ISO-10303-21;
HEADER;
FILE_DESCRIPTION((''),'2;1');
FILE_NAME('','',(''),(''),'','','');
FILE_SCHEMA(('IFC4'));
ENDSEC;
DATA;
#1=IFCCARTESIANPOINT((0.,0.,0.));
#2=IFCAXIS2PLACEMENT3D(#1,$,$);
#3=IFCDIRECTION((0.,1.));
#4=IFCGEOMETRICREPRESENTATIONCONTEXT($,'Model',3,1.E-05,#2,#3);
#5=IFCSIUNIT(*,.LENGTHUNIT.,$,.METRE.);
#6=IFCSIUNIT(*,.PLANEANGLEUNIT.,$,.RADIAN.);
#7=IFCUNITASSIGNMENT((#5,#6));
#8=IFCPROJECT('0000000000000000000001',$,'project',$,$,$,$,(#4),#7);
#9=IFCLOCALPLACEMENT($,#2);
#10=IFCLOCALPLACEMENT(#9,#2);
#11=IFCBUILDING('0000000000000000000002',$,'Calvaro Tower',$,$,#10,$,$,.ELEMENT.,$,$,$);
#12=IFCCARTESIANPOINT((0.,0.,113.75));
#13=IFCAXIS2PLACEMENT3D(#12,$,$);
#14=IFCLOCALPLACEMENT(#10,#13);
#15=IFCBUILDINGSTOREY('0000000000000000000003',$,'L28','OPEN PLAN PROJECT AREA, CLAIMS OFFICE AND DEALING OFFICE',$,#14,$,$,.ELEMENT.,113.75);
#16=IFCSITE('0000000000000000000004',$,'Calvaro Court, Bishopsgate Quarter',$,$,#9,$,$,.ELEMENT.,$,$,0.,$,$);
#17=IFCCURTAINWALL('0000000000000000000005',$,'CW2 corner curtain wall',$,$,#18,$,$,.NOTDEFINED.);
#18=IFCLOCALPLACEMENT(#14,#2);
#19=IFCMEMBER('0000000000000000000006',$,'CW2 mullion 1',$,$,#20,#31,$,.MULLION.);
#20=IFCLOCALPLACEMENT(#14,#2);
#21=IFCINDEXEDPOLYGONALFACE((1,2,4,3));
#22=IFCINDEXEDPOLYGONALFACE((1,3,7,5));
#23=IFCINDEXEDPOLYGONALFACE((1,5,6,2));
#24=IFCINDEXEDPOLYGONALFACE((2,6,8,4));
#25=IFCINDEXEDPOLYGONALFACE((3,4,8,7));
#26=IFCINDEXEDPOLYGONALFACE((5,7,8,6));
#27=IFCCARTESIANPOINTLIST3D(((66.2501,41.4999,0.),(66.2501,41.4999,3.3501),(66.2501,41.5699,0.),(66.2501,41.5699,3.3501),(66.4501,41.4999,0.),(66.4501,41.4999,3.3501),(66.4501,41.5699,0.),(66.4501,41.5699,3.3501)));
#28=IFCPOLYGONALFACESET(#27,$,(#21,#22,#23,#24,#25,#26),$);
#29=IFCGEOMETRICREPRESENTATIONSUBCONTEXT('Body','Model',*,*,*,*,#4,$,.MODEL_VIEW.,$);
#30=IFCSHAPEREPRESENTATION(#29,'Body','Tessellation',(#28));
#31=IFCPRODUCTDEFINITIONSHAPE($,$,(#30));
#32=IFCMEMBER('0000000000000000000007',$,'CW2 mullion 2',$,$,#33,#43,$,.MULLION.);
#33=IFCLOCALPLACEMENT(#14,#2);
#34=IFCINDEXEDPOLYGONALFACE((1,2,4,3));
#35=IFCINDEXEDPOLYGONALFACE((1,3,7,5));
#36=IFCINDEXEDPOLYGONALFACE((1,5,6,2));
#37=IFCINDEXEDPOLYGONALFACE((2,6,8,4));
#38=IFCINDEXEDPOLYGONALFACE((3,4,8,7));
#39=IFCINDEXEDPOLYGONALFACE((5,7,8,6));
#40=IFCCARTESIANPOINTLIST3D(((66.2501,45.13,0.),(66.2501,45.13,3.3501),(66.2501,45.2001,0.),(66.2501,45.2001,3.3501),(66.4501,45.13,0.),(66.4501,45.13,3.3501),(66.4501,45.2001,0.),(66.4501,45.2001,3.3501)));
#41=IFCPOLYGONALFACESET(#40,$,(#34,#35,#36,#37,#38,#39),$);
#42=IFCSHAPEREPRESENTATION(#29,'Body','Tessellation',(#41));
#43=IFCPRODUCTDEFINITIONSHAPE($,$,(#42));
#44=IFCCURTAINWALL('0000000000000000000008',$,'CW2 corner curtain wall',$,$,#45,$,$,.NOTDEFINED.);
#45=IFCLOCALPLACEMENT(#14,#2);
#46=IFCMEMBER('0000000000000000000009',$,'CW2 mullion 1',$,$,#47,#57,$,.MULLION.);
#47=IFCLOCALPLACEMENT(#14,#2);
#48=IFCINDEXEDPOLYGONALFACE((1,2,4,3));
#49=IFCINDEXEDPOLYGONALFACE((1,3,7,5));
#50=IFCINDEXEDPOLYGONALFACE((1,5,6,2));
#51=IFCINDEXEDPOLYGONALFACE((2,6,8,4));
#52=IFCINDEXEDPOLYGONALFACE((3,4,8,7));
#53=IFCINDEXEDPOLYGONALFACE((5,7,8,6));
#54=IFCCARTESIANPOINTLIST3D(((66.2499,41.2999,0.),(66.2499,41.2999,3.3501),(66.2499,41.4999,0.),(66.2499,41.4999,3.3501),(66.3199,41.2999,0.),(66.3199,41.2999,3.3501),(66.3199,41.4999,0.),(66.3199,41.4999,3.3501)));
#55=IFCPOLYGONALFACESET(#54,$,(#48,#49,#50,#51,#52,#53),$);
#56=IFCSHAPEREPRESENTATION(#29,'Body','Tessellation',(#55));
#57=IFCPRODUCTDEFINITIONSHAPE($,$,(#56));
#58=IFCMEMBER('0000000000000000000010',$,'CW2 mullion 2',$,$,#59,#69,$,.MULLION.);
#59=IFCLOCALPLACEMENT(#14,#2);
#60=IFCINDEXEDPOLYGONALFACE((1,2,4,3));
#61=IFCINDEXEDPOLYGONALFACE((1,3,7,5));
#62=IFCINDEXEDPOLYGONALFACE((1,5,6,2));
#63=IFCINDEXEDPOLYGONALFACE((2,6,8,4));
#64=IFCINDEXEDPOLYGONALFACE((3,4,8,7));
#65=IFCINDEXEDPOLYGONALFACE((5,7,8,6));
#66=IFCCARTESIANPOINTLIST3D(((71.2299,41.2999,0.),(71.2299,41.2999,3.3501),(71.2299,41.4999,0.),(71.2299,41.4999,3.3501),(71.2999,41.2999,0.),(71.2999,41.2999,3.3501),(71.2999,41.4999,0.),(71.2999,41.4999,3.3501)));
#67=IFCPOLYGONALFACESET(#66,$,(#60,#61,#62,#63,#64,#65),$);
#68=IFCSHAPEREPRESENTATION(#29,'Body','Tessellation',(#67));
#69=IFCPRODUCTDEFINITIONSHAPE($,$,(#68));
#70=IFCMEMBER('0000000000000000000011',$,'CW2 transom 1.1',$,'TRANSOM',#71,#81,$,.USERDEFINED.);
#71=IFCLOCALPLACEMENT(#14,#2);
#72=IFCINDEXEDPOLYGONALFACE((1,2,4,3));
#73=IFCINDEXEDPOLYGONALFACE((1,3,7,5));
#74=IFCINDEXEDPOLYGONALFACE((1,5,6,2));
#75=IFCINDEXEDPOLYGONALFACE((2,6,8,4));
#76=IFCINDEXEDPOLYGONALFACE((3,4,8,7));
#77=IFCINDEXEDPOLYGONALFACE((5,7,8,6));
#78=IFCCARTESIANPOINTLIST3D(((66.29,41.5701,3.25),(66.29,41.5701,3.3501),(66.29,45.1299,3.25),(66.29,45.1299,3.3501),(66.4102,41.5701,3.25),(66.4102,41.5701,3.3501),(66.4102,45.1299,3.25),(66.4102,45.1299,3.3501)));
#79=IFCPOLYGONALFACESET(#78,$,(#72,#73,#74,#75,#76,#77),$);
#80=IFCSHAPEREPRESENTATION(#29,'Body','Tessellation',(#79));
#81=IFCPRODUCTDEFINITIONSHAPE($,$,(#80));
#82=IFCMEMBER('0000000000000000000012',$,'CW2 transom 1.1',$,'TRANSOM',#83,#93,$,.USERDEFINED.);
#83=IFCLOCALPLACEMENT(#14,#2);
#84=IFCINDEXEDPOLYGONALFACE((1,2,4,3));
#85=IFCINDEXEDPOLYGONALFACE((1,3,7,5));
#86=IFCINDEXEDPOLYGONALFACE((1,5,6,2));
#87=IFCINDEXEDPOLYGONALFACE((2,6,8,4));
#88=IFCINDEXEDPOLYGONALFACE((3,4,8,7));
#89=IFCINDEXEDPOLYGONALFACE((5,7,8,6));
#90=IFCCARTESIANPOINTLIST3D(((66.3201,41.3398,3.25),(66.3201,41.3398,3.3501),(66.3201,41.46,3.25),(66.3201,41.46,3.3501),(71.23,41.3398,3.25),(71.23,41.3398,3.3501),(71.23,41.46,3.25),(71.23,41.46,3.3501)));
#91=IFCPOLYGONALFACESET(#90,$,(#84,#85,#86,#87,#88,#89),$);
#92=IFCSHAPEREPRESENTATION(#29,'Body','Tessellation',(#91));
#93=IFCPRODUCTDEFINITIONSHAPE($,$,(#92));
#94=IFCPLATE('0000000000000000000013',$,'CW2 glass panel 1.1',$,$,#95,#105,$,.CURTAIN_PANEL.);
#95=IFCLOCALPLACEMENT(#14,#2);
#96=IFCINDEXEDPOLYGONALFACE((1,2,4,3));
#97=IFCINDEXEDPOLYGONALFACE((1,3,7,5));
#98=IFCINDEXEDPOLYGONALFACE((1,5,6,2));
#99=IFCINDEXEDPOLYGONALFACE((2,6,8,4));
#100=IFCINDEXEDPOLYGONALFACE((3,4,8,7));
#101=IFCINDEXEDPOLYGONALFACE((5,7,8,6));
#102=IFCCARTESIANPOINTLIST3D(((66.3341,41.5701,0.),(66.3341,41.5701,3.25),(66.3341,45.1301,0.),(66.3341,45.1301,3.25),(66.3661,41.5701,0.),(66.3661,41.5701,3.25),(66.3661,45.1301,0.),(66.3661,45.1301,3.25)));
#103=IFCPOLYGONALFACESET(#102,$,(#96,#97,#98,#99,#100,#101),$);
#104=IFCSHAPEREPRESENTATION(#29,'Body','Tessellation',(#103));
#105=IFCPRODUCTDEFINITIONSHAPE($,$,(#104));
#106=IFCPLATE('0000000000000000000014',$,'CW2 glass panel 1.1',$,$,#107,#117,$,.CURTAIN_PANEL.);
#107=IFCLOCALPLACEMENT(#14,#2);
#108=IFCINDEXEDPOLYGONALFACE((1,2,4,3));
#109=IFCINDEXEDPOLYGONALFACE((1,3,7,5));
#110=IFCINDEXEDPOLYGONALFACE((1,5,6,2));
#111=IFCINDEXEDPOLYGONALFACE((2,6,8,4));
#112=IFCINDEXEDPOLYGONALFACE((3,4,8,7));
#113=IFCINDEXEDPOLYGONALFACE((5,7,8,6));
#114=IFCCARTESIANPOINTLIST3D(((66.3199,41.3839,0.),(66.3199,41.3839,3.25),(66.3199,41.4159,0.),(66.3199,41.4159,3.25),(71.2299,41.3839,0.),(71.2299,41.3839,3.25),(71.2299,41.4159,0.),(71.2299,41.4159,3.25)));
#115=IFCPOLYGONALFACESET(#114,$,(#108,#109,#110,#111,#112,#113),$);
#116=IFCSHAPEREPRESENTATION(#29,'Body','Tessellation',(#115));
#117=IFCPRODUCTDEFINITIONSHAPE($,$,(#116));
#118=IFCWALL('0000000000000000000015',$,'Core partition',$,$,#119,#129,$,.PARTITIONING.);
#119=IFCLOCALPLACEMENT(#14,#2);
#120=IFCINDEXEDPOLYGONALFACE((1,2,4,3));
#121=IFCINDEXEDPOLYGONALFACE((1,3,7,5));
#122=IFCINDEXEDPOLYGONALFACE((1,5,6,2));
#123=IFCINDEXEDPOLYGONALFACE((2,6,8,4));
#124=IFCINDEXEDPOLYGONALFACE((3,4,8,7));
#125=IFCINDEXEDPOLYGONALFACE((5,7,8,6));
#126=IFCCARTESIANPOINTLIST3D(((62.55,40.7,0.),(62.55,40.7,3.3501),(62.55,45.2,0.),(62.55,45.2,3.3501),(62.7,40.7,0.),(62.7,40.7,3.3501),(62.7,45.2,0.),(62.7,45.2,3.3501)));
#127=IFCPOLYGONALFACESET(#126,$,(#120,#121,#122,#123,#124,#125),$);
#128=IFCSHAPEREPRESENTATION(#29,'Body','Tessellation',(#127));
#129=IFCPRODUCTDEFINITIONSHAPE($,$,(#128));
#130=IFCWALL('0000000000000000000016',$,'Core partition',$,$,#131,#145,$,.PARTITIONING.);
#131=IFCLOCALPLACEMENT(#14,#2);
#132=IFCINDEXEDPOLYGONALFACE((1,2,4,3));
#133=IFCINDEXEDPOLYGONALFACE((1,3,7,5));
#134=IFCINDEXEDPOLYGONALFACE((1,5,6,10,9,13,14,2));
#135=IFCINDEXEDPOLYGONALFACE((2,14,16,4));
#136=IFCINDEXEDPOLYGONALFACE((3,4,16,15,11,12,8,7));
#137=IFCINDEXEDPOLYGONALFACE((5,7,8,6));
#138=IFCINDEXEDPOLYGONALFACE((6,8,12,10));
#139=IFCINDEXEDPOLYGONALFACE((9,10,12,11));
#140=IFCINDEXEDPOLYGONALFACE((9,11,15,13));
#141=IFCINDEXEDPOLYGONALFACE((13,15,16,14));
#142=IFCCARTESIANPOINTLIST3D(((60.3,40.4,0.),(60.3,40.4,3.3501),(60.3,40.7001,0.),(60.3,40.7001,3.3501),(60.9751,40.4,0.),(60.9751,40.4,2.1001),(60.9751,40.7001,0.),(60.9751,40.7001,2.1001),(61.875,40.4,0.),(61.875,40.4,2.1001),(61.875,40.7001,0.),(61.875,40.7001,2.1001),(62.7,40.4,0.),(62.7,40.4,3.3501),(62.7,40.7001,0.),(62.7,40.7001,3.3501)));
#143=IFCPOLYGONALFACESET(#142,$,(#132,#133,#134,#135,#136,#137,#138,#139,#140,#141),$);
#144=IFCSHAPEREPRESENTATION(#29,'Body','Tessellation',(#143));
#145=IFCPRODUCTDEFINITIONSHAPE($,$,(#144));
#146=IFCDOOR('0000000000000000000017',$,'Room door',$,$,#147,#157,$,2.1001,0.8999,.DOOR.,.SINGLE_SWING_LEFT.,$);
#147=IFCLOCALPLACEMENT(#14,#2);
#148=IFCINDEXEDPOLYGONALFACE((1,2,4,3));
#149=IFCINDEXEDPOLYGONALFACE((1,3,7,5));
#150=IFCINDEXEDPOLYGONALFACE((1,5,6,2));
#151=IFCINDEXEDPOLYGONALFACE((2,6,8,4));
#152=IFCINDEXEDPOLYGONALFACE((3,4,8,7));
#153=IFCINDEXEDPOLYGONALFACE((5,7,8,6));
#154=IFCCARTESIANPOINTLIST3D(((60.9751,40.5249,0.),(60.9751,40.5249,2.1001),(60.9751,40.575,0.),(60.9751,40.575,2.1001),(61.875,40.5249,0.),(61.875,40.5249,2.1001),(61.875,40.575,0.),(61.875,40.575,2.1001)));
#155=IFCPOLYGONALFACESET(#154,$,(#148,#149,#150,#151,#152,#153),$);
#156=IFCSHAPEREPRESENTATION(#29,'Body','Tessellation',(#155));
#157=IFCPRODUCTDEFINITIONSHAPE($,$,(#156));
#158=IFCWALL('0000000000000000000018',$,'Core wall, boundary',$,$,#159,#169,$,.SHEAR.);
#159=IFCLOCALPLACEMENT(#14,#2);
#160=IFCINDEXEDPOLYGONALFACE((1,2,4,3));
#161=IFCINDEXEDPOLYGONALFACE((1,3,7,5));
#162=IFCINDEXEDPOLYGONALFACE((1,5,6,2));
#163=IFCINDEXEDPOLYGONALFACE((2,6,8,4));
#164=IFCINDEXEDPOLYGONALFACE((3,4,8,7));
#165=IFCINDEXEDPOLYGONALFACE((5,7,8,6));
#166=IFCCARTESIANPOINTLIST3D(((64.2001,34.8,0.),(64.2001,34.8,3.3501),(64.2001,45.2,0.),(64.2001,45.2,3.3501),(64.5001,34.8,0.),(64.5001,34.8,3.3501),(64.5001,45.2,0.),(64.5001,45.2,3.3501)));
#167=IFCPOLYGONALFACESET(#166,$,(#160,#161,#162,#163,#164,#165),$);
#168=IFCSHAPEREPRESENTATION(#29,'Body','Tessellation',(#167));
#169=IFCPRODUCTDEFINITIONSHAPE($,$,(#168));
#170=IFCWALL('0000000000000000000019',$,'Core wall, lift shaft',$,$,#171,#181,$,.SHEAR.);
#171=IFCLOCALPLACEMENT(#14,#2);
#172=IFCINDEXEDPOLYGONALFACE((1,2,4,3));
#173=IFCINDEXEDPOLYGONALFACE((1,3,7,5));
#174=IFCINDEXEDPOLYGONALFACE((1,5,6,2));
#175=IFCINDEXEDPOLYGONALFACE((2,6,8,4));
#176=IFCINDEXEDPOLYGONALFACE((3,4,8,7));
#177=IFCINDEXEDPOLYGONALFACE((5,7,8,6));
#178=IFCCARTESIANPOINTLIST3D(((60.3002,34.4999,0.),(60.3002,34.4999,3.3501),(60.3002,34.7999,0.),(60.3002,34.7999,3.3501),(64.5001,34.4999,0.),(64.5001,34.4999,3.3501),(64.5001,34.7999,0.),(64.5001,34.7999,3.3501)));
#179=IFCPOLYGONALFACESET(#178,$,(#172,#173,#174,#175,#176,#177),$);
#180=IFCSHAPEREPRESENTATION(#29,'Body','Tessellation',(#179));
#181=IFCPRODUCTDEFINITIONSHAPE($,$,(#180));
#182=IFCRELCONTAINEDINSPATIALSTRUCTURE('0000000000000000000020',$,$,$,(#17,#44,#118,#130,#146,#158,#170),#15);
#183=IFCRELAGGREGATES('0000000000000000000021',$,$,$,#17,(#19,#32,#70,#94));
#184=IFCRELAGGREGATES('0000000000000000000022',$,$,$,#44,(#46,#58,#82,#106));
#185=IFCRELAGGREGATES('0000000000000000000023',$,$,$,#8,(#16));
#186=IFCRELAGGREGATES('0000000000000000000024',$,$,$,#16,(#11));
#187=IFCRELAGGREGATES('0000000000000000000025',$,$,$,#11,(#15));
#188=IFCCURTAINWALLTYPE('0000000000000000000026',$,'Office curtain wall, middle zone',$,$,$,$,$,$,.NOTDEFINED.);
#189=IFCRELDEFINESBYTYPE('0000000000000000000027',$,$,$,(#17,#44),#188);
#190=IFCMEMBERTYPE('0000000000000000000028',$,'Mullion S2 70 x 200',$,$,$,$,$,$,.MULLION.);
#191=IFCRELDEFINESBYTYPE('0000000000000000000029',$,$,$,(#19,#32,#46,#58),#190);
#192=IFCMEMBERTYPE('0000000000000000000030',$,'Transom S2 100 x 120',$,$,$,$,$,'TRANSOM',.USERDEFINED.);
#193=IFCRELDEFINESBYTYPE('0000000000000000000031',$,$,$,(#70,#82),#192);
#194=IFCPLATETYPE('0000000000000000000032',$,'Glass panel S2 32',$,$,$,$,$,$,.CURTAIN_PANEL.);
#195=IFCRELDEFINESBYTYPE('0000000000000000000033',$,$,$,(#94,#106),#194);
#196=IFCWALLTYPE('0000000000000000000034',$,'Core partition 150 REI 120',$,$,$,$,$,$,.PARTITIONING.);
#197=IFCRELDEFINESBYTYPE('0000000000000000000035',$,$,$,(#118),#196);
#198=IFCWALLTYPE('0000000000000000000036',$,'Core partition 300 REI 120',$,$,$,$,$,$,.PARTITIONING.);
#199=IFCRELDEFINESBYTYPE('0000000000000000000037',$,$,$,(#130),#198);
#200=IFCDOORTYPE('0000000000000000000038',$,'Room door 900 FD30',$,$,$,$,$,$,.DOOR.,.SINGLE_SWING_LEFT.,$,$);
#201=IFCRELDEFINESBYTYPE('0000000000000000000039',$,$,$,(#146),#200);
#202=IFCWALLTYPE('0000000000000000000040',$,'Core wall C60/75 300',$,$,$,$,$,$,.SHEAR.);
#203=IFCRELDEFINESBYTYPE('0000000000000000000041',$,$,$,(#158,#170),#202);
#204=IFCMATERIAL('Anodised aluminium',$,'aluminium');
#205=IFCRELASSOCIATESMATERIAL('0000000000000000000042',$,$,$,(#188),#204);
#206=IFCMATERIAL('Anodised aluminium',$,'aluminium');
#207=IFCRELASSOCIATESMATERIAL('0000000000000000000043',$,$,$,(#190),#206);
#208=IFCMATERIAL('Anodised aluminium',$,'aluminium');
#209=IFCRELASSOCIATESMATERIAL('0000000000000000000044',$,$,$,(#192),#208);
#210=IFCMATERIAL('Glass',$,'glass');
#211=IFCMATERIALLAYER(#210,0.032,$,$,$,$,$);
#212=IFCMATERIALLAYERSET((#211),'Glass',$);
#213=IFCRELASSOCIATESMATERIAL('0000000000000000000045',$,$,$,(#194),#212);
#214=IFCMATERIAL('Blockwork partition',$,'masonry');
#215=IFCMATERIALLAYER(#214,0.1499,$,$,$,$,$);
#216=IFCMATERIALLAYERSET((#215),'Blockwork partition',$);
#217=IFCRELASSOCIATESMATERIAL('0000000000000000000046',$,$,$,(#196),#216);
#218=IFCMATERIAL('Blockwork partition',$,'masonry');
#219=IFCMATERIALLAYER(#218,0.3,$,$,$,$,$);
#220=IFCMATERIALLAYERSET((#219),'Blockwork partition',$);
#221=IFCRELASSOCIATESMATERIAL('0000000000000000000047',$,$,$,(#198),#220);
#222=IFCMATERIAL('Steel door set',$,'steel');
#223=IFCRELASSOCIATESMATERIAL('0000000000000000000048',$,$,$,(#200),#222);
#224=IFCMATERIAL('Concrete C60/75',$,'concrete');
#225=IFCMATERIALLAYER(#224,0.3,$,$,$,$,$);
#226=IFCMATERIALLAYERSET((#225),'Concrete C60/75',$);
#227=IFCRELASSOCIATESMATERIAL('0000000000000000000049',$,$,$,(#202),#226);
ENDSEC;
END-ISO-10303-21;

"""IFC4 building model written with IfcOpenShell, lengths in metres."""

from ifc_helpers import new_model, si_unit, direction, frame, frame_2d, origin, origin_2d, place, context, subcontext, project, spatial, rectangle, extrude, material, layer, layer_set, material_profile, profile_set, type_object, element, fill, aggregate, save


model = new_model("IFC4")

# Units and contexts
model_context = context("Model", 3, precision=1e-05, world=origin(), true_north=direction((0.0, 1.0)))
body_context = subcontext(model_context, "Body", "Model", "MODEL_VIEW")
ifc_project = project(units=[si_unit("LENGTHUNIT", "METRE"), si_unit("PLANEANGLEUNIT", "RADIAN")], contexts=[model_context])

# Site, building, storey
site_placement = place(None, origin())
site = spatial("IfcSite", under=ifc_project, at=site_placement, Name="Calvaro Court, Bishopsgate Quarter", CompositionType="ELEMENT", RefElevation=0.0)
building_placement = place(site_placement, origin())
building = spatial("IfcBuilding", under=site, at=building_placement, Name="Calvaro Tower", CompositionType="ELEMENT")
storey_placement = place(building_placement, frame((0.0, 0.0, 113.75)))
storey = spatial("IfcBuildingStorey", under=building, at=storey_placement, Name="L28", Description="OPEN PLAN PROJECT AREA, CLAIMS OFFICE AND DEALING OFFICE", CompositionType="ELEMENT", Elevation=113.75)

# Curtain walls, members
ifc_material_1 = material(Name="Anodised aluminium", Category="aluminium")
curtain_wall_type = type_object("IfcCurtainWallType", Name="Office curtain wall, middle zone", PredefinedType="NOTDEFINED", material=ifc_material_1)
curtain_wall_1_placement = place(storey_placement, origin())
curtain_wall_1 = element("IfcCurtainWall", 1, at=curtain_wall_1_placement, inside=storey, type_object=curtain_wall_type, Name="CW2 corner curtain wall", PredefinedType="NOTDEFINED")
ifc_material_2 = material(Name="Anodised aluminium", Category="aluminium")
ifc_material_profile_1 = material_profile(ifc_material_2, rectangle(XDim=0.2, YDim=0.0701, at=origin_2d()), Name="Mullion S2 70 x 200")
ifc_profile_set_1 = profile_set([ifc_material_profile_1], Name="Anodised aluminium")
member_type_1 = type_object("IfcMemberType", Name="Mullion S2 70 x 200", PredefinedType="MULLION", material=ifc_profile_set_1)
member_1_placement = place(storey_placement, frame((66.3501, 41.5349, 0.0), z_axis=(0.0, 0.0, 1.0), x_axis=(-1.0, 0.0, 0.0)))
member_1 = element("IfcMember", 2, at=member_1_placement, type_object=member_type_1, Name="CW2 mullion 1", PredefinedType="MULLION", context=body_context, shape_type="SweptSolid", body=[
    extrude(rectangle(XDim=0.2, YDim=0.0701, at=origin_2d()), origin(), (0.0, 0.0, 1.0), 3.3501),
])
member_2_placement = place(storey_placement, frame((66.3501, 45.165, 0.0), z_axis=(0.0, 0.0, 1.0), x_axis=(-1.0, 0.0, 0.0)))
member_2 = element("IfcMember", 3, at=member_2_placement, type_object=member_type_1, Name="CW2 mullion 2", PredefinedType="MULLION", context=body_context, shape_type="SweptSolid", body=[
    extrude(rectangle(XDim=0.2, YDim=0.0701, at=origin_2d()), origin(), (0.0, 0.0, 1.0), 3.3501),
])
curtain_wall_2_placement = place(storey_placement, origin())
curtain_wall_2 = element("IfcCurtainWall", 4, at=curtain_wall_2_placement, inside=storey, type_object=curtain_wall_type, Name="CW2 corner curtain wall", PredefinedType="NOTDEFINED")
member_3_placement = place(storey_placement, frame((66.2849, 41.3999, 0.0), z_axis=(0.0, 0.0, 1.0), x_axis=(0.0, 1.0, 0.0)))
member_3 = element("IfcMember", 5, at=member_3_placement, type_object=member_type_1, Name="CW2 mullion 1", PredefinedType="MULLION", context=body_context, shape_type="SweptSolid", body=[
    extrude(rectangle(XDim=0.2, YDim=0.0701, at=origin_2d()), origin(), (0.0, 0.0, 1.0), 3.3501),
])
member_4_placement = place(storey_placement, frame((71.2649, 41.3999, 0.0), z_axis=(0.0, 0.0, 1.0), x_axis=(0.0, 1.0, 0.0)))
member_4 = element("IfcMember", 6, at=member_4_placement, type_object=member_type_1, Name="CW2 mullion 2", PredefinedType="MULLION", context=body_context, shape_type="SweptSolid", body=[
    extrude(rectangle(XDim=0.2, YDim=0.0701, at=origin_2d()), origin(), (0.0, 0.0, 1.0), 3.3501),
])

# Members
ifc_material_3 = material(Name="Anodised aluminium", Category="aluminium")
ifc_material_profile_2 = material_profile(ifc_material_3, rectangle(XDim=0.1201, YDim=0.1001, at=origin_2d()), Name="Transom S2 100 x 120")
ifc_profile_set_2 = profile_set([ifc_material_profile_2], Name="Anodised aluminium")
member_type_2 = type_object("IfcMemberType", Name="Transom S2 100 x 120", ElementType="TRANSOM", PredefinedType="USERDEFINED", material=ifc_profile_set_2)
member_5_placement = place(storey_placement, frame((66.3501, 41.5701, 3.3), z_axis=(0.0, 1.0, 0.0), x_axis=(-1.0, 0.0, 0.0)))
member_5 = element("IfcMember", 7, at=member_5_placement, type_object=member_type_2, Name="CW2 transom 1.1", ObjectType="TRANSOM", PredefinedType="USERDEFINED", context=body_context, shape_type="SweptSolid", body=[
    extrude(rectangle(XDim=0.1201, YDim=0.1001, at=origin_2d()), origin(), (0.0, 0.0, 1.0), 3.5598),
])
member_6_placement = place(storey_placement, frame((66.3201, 41.3999, 3.3), z_axis=(1.0, 0.0, 0.0), x_axis=(0.0, 1.0, 0.0)))
member_6 = element("IfcMember", 8, at=member_6_placement, type_object=member_type_2, Name="CW2 transom 1.1", ObjectType="TRANSOM", PredefinedType="USERDEFINED", context=body_context, shape_type="SweptSolid", body=[
    extrude(rectangle(XDim=0.1201, YDim=0.1001, at=origin_2d()), origin(), (0.0, 0.0, 1.0), 4.9099),
])

# Plates
ifc_material_4 = material(Name="Glass", Category="glass")
ifc_layer_1 = layer(ifc_material_4, 0.032)
ifc_layer_set_1 = layer_set([ifc_layer_1], Name="Glass")
plate_type = type_object("IfcPlateType", Name="Glass panel S2 32", PredefinedType="CURTAIN_PANEL", material=ifc_layer_set_1)
plate_1_placement = place(storey_placement, frame((66.3501, 43.3501, 0.0), z_axis=(0.0, 0.0, 1.0), x_axis=(0.0, 1.0, 0.0)))
plate_1 = element("IfcPlate", 9, at=plate_1_placement, type_object=plate_type, Name="CW2 glass panel 1.1", PredefinedType="CURTAIN_PANEL", context=body_context, shape_type="SweptSolid", body=[
    extrude(rectangle(XDim=3.5601, YDim=0.032, at=origin_2d()), origin(), (0.0, 0.0, 1.0), 3.25),
])
aggregate(curtain_wall_1, [member_1, member_2, member_5, plate_1])
plate_2_placement = place(storey_placement, frame((68.7749, 41.3999, 0.0), z_axis=(0.0, 0.0, 1.0), x_axis=(1.0, 0.0, 0.0)))
plate_2 = element("IfcPlate", 10, at=plate_2_placement, type_object=plate_type, Name="CW2 glass panel 1.1", PredefinedType="CURTAIN_PANEL", context=body_context, shape_type="SweptSolid", body=[
    extrude(rectangle(XDim=4.9099, YDim=0.032, at=origin_2d()), origin(), (0.0, 0.0, 1.0), 3.25),
])
aggregate(curtain_wall_2, [member_3, member_4, member_6, plate_2])

# Wall
ifc_material_5 = material(Name="Blockwork partition", Category="masonry")
ifc_layer_2 = layer(ifc_material_5, 0.1499)
ifc_layer_set_2 = layer_set([ifc_layer_2], Name="Blockwork partition")
wall_type_1 = type_object("IfcWallType", Name="Core partition 150 REI 120", PredefinedType="PARTITIONING", material=ifc_layer_set_2)
wall_1_placement = place(storey_placement, frame((62.625, 40.7, 0.0), z_axis=(0.0, 0.0, 1.0), x_axis=(0.0, 1.0, 0.0)))
element("IfcWall", 11, at=wall_1_placement, inside=storey, type_object=wall_type_1, Name="Core partition", PredefinedType="PARTITIONING", context=body_context, shape_type="SweptSolid", body=[
    extrude(rectangle(XDim=4.5, YDim=0.1499, at=frame_2d((2.25, 0.0))), origin(), (0.0, 0.0, 1.0), 3.3501),
])

# Wall, opening, door
ifc_material_6 = material(Name="Blockwork partition", Category="masonry")
ifc_layer_3 = layer(ifc_material_6, 0.3)
ifc_layer_set_3 = layer_set([ifc_layer_3], Name="Blockwork partition")
wall_type_2 = type_object("IfcWallType", Name="Core partition 300 REI 120", PredefinedType="PARTITIONING", material=ifc_layer_set_3)
wall_2_placement = place(storey_placement, frame((60.3, 40.55, 0.0), z_axis=(0.0, 0.0, 1.0), x_axis=(1.0, 0.0, 0.0)))
wall_2 = element("IfcWall", 12, at=wall_2_placement, inside=storey, type_object=wall_type_2, Name="Core partition", PredefinedType="PARTITIONING", context=body_context, shape_type="SweptSolid", body=[
    extrude(rectangle(XDim=2.3999, YDim=0.3, at=frame_2d((1.2, 0.0))), origin(), (0.0, 0.0, 1.0), 3.3501),
])
opening_1_placement = place(wall_2_placement, frame((0.675, 0.0, 0.0)))
opening_1 = element("IfcOpeningElement", 13, at=opening_1_placement, cuts=wall_2, PredefinedType="OPENING", context=body_context, shape_type="SweptSolid", body=[
    extrude(rectangle(XDim=0.8999, YDim=2.1001, at=frame_2d((0.45, 1.05))), frame((0.0, 0.1599, 0.0), z_axis=(0.0, -1.0, 0.0), x_axis=(1.0, 0.0, 0.0)), (0.0, 0.0, 1.0), 0.3201),
])
ifc_material_7 = material(Name="Steel door set", Category="steel")
door_type_1 = type_object("IfcDoorType", Name="Room door 900 FD30", OperationType="SINGLE_SWING_LEFT", PredefinedType="DOOR", material=ifc_material_7)
door_1_placement = place(opening_1_placement, origin())
door_1 = element("IfcDoor", 14, at=door_1_placement, inside=storey, type_object=door_type_1, Name="Room door", OperationType="SINGLE_SWING_LEFT", OverallHeight=2.1001, OverallWidth=0.8999, PredefinedType="DOOR", context=body_context, shape_type="SweptSolid", body=[
    extrude(rectangle(XDim=0.8999, YDim=2.1001, at=frame_2d((0.45, 1.05))), frame((0.0, 0.0249, 0.0), z_axis=(0.0, -1.0, 0.0), x_axis=(1.0, 0.0, 0.0)), (0.0, 0.0, 1.0), 0.05),
])
fill(opening_1, door_1)

# Walls
ifc_material_8 = material(Name="Concrete C60/75", Category="concrete")
ifc_layer_4 = layer(ifc_material_8, 0.3)
ifc_layer_set_4 = layer_set([ifc_layer_4], Name="Concrete C60/75")
wall_type_3 = type_object("IfcWallType", Name="Core wall C60/75 300", PredefinedType="SHEAR", material=ifc_layer_set_4)
wall_3_placement = place(storey_placement, frame((64.3501, 34.8, 0.0), z_axis=(0.0, 0.0, 1.0), x_axis=(0.0, 1.0, 0.0)))
element("IfcWall", 15, at=wall_3_placement, inside=storey, type_object=wall_type_3, Name="Core wall, boundary", PredefinedType="SHEAR", context=body_context, shape_type="SweptSolid", body=[
    extrude(rectangle(XDim=10.3999, YDim=0.3, at=frame_2d((5.2, 0.0))), origin(), (0.0, 0.0, 1.0), 3.3501),
])
wall_4_placement = place(storey_placement, frame((60.3, 34.6499, 0.0), z_axis=(0.0, 0.0, 1.0), x_axis=(1.0, 0.0, 0.0)))
element("IfcWall", 16, at=wall_4_placement, inside=storey, type_object=wall_type_3, Name="Core wall, lift shaft", PredefinedType="SHEAR", context=body_context, shape_type="SweptSolid", body=[
    extrude(rectangle(XDim=4.2, YDim=0.3, at=frame_2d((2.1001, 0.0))), origin(), (0.0, 0.0, 1.0), 3.3501),
])

save(model, "model.ifc")
